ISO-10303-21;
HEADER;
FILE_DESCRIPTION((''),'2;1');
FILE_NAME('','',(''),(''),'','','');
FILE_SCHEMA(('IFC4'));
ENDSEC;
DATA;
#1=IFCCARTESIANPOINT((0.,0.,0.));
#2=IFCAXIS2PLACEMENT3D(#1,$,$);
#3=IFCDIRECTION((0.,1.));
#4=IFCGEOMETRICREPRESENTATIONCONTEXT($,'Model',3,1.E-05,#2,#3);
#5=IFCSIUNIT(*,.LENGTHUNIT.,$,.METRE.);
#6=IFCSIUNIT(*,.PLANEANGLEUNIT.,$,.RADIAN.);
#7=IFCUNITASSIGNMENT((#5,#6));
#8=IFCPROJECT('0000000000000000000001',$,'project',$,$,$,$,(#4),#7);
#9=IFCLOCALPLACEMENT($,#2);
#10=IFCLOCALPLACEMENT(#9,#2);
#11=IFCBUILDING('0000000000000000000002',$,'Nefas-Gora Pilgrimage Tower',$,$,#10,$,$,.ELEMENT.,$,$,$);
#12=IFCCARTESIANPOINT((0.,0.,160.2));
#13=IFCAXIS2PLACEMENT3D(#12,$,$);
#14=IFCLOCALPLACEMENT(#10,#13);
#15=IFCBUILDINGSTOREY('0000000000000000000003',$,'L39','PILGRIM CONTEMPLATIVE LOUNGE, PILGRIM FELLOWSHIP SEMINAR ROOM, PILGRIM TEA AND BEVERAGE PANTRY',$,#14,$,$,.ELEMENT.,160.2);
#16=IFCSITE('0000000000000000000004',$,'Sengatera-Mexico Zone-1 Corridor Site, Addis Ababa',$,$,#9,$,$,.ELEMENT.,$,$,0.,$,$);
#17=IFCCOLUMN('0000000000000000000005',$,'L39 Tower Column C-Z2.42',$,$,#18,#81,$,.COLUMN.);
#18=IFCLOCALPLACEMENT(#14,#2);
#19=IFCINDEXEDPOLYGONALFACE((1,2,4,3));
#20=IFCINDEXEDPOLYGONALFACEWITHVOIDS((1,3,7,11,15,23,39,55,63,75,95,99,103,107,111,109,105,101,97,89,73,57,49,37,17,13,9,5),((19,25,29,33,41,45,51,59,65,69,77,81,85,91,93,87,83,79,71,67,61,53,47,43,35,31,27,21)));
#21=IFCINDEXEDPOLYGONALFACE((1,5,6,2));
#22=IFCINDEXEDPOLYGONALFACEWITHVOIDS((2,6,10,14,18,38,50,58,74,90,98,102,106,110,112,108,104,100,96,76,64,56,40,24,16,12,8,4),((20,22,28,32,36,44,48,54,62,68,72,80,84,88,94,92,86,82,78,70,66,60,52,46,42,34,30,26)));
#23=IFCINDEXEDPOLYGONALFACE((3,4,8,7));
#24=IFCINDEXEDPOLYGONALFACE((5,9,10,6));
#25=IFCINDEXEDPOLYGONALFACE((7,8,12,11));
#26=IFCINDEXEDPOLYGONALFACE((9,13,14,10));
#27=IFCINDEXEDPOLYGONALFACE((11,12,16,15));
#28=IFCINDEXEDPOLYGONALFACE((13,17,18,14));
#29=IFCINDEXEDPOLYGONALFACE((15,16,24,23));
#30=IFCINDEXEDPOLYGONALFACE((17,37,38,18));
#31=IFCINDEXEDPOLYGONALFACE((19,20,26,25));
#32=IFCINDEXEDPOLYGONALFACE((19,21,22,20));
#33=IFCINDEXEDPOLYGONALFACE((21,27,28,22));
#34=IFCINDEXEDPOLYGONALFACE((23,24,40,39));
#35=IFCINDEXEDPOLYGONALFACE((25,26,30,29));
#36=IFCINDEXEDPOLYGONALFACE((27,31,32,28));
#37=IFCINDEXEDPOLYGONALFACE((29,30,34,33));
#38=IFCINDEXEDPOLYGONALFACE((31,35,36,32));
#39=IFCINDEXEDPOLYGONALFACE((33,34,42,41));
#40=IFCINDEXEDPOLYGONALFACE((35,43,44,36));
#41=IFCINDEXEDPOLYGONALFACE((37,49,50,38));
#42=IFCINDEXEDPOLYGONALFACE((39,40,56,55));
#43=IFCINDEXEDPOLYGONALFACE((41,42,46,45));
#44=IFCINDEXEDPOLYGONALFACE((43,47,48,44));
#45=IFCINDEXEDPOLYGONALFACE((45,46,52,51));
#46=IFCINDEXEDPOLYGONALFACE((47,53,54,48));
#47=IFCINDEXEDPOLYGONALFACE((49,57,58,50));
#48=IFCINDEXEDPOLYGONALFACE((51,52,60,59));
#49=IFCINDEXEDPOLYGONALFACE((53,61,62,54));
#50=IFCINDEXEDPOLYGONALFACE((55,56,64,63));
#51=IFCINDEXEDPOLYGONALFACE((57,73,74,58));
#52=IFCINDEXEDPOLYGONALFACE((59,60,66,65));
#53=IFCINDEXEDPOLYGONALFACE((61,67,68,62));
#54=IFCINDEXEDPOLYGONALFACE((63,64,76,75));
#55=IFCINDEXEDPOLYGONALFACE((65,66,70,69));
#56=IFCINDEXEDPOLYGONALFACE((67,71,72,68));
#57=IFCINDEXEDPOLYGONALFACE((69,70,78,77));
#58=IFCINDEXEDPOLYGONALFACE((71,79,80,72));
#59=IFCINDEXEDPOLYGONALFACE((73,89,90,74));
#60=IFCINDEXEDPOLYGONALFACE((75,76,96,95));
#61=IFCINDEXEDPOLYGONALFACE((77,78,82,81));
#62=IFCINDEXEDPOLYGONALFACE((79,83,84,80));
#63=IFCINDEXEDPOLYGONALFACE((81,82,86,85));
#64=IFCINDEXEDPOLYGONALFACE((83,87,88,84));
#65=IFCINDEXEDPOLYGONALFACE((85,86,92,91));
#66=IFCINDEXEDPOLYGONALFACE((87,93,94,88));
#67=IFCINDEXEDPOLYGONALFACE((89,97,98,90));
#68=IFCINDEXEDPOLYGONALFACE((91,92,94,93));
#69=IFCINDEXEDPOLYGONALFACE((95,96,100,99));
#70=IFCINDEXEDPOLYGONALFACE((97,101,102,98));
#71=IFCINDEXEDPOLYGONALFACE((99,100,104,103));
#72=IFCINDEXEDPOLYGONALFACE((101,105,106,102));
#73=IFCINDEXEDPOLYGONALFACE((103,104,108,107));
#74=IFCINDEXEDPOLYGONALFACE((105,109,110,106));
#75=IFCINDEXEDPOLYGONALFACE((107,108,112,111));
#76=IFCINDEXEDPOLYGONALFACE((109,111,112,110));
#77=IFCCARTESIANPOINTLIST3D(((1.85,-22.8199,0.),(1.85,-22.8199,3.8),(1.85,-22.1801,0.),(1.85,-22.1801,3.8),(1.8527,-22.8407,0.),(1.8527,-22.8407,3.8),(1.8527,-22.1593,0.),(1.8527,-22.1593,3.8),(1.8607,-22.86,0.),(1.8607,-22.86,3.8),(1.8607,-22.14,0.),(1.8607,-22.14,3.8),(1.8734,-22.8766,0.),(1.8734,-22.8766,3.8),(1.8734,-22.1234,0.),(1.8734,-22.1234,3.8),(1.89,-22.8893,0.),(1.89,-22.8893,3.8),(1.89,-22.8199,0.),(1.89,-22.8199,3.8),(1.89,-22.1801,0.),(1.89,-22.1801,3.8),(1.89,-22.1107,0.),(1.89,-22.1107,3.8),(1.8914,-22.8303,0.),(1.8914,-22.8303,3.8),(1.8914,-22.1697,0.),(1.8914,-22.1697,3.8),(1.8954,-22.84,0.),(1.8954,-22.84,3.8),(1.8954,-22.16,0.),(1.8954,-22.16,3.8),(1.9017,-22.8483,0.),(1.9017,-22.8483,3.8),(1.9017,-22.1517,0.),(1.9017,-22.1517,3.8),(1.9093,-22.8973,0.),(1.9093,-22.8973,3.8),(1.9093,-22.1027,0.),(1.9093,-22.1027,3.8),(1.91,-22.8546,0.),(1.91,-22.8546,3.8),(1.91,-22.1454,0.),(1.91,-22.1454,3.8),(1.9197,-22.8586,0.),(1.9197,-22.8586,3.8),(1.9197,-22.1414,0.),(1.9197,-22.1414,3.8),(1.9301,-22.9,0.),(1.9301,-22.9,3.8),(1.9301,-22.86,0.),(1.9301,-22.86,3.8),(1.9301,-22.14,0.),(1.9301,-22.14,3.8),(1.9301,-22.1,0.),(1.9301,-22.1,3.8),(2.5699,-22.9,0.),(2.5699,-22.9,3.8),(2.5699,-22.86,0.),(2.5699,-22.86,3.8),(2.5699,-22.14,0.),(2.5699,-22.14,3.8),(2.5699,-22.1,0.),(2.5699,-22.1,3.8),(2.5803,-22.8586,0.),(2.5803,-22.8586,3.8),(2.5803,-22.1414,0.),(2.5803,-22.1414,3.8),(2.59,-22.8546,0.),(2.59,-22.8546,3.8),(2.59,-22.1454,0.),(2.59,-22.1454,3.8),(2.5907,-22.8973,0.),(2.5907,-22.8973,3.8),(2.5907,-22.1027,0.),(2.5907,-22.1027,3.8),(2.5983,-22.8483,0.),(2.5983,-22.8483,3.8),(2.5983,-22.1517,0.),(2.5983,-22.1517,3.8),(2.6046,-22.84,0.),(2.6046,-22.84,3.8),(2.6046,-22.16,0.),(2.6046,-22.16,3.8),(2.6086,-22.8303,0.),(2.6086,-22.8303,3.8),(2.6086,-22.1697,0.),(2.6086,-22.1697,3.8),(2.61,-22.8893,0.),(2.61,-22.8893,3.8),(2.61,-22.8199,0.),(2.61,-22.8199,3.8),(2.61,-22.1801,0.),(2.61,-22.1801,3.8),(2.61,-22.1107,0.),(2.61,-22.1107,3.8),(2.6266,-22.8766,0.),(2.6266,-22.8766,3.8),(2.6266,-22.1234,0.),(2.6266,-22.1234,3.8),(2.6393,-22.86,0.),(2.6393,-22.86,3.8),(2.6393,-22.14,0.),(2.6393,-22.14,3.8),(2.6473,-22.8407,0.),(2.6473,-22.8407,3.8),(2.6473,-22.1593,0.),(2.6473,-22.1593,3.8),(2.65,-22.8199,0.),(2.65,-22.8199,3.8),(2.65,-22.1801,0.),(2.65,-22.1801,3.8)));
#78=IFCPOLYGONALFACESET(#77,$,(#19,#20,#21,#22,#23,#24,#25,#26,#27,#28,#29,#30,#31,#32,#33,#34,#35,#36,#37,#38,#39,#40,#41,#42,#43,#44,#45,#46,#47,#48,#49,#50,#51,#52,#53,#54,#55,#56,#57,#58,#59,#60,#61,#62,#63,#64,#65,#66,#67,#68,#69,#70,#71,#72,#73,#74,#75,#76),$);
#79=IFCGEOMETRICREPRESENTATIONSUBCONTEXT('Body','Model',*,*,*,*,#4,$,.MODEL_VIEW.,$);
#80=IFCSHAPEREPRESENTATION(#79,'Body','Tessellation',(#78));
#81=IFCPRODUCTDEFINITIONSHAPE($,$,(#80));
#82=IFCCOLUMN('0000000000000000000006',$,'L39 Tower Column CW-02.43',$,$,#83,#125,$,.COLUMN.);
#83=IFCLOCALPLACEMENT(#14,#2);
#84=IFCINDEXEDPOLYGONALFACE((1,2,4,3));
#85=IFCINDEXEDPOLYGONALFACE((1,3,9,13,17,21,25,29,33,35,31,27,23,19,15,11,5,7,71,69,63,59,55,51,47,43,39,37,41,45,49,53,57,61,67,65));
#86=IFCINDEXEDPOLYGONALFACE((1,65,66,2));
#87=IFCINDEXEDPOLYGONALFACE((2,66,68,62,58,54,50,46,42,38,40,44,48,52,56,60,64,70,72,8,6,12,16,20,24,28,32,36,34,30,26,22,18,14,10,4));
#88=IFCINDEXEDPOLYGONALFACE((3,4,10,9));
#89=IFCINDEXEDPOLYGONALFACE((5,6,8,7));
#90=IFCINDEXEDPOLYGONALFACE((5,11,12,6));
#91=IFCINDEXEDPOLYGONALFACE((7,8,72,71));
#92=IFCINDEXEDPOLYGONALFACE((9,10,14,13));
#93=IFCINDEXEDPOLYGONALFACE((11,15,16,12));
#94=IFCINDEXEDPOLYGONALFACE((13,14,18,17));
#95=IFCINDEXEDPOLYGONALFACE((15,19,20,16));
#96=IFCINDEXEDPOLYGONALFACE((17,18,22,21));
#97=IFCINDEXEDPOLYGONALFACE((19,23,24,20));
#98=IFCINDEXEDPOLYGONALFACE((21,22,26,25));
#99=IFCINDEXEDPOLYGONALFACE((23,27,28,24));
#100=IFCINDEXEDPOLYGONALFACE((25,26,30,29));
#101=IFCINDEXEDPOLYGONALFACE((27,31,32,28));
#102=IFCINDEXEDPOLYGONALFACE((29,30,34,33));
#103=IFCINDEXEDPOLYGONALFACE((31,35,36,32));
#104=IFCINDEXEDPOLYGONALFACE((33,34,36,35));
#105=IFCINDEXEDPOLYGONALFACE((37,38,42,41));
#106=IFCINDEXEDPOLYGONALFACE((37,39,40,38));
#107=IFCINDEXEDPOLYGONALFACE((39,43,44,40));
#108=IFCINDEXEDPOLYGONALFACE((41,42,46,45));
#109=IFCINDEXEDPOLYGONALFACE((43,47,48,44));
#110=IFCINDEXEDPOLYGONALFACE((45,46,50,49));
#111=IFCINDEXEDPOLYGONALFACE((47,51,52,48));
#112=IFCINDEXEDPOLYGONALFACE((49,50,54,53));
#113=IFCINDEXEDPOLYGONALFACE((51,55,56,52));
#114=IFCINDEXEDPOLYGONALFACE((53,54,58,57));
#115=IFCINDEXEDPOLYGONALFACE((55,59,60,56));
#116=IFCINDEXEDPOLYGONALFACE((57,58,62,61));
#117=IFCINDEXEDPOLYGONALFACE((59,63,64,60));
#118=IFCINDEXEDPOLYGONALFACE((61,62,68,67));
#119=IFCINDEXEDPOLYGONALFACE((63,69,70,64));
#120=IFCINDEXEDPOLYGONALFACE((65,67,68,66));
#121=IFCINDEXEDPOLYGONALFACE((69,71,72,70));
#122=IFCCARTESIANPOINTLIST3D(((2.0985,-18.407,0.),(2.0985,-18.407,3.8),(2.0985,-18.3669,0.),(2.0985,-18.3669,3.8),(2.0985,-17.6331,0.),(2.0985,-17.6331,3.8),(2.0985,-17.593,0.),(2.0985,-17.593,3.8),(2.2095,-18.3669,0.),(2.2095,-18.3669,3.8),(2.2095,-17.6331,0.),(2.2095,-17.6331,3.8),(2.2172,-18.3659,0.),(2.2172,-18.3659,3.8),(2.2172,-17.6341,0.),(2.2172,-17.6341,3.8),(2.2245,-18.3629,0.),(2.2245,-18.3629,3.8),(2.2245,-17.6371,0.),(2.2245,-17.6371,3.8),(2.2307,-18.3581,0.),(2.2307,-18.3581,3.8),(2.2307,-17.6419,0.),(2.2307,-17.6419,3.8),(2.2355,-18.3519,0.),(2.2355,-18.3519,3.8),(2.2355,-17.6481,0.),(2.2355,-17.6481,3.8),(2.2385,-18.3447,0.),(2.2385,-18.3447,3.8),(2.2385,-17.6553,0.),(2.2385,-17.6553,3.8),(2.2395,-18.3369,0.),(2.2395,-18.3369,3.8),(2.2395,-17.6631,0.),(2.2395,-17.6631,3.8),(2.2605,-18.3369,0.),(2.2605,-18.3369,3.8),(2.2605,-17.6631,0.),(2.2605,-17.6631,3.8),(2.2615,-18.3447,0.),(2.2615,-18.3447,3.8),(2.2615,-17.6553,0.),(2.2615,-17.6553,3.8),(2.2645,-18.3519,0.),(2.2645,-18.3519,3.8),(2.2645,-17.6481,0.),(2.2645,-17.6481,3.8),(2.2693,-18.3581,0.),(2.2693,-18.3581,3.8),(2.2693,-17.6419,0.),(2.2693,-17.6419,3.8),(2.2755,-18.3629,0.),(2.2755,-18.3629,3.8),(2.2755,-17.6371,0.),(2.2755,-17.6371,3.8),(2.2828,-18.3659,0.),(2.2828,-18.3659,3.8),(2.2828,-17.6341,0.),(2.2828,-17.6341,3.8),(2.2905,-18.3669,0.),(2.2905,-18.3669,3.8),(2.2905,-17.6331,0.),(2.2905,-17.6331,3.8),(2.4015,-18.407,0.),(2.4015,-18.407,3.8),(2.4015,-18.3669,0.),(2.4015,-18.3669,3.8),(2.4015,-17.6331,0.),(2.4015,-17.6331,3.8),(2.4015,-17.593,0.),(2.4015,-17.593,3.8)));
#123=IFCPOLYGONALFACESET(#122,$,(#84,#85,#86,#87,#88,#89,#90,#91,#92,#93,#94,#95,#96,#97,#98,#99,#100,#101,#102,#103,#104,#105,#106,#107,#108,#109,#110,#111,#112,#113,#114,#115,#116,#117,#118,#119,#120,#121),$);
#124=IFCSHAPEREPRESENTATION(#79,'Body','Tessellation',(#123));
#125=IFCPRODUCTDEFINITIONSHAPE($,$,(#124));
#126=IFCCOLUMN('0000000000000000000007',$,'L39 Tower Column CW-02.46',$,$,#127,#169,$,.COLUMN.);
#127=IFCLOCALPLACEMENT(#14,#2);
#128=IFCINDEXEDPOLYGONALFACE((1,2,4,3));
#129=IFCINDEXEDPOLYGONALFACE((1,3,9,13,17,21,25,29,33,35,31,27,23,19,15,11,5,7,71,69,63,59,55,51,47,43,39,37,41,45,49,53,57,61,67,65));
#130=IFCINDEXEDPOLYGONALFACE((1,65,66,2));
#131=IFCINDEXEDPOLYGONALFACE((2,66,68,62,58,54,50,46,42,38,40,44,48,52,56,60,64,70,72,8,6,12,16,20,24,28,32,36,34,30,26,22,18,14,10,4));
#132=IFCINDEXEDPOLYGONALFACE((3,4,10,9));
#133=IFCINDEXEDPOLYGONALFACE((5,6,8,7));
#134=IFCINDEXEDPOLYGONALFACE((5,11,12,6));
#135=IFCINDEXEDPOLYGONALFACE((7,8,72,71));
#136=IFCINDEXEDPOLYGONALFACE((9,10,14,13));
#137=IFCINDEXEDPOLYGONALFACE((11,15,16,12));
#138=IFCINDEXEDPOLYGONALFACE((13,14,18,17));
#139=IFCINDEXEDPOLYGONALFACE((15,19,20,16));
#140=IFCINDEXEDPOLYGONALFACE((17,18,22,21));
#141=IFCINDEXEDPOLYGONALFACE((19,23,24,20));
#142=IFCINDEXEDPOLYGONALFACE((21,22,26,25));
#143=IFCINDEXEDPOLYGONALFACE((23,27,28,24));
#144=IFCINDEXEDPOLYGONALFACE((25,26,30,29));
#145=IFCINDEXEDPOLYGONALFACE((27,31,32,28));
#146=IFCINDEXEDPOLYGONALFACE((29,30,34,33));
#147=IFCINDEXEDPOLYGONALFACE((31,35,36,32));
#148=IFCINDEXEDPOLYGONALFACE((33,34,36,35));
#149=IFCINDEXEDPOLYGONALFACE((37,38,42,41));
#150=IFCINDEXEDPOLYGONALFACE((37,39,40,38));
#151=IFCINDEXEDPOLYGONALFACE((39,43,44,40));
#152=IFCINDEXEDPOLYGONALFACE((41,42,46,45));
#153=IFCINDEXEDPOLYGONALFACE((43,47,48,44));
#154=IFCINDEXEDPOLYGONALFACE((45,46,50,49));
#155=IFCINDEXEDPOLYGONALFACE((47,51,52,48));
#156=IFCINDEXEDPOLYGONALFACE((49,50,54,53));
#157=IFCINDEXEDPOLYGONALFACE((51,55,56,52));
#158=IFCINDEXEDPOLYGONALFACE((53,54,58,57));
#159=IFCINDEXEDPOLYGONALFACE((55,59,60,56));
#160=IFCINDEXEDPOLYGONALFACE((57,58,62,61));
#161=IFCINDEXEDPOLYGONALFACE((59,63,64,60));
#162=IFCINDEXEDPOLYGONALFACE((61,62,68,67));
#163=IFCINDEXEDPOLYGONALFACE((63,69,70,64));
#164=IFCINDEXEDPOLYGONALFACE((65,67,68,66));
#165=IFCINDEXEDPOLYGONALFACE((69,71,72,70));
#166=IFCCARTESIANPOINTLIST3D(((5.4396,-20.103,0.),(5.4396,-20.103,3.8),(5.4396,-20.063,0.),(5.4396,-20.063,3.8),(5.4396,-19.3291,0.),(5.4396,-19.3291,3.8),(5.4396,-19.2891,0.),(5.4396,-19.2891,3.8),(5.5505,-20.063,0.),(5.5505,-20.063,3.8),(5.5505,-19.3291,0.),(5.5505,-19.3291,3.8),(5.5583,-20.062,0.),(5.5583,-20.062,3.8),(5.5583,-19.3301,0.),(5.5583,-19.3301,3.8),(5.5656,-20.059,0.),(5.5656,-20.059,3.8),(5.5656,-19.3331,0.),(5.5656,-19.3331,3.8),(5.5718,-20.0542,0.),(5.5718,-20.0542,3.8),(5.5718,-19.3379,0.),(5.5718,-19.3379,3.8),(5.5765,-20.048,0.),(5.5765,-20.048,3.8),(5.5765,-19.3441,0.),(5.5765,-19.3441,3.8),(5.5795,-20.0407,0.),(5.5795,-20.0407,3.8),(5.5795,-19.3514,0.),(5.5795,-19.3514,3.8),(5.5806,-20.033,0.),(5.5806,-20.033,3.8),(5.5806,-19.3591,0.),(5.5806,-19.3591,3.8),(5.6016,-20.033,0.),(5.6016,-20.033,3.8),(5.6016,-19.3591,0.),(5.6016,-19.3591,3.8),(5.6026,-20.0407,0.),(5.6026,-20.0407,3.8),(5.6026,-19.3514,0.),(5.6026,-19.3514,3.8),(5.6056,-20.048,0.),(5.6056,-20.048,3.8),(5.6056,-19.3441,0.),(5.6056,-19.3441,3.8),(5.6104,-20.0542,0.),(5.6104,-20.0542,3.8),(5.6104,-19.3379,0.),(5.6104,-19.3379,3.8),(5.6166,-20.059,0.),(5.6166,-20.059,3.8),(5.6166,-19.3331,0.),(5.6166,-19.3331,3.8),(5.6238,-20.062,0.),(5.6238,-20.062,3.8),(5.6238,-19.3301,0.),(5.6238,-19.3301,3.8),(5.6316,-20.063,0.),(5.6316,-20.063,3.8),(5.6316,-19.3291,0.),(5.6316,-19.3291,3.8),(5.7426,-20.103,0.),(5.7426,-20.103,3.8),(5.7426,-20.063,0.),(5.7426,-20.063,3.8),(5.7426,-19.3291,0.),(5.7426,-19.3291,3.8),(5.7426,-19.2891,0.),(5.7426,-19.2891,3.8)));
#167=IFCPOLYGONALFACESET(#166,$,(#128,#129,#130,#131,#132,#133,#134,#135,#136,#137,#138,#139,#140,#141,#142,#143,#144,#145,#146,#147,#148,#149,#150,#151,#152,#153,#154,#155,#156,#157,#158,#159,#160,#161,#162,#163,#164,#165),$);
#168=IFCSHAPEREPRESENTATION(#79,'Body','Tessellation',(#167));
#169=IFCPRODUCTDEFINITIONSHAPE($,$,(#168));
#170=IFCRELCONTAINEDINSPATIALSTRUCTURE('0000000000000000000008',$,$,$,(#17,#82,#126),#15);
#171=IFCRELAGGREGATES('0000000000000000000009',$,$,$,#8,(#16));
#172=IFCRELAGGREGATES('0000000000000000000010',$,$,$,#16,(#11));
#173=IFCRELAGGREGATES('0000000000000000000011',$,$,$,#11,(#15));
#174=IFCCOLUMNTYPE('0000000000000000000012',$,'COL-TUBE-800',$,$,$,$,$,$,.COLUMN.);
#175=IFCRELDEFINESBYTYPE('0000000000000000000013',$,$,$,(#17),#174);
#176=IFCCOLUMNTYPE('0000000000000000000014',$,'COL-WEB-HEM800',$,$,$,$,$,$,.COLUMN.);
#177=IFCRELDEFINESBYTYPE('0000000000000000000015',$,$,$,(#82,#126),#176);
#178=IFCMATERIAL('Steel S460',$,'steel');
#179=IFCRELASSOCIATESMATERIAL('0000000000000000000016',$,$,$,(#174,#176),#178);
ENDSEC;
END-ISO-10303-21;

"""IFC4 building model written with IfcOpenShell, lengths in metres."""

from ifc_helpers import new_model, si_unit, direction, frame, origin, origin_2d, place, context, subcontext, project, spatial, hollow_rectangle, i_section, extrude, source, transform, mapped, material, material_profile, profile_set, type_object, element, save


model = new_model("IFC4")

# Units and contexts
model_context = context("Model", 3, precision=1e-05, world=origin(), true_north=direction((0.0, 1.0)))
body_context = subcontext(model_context, "Body", "Model", "MODEL_VIEW")
ifc_project = project(units=[si_unit("LENGTHUNIT", "METRE"), si_unit("PLANEANGLEUNIT", "RADIAN")], contexts=[model_context])

# Site, building, storey
site_placement = place(None, origin())
site = spatial("IfcSite", under=ifc_project, at=site_placement, Name="Sengatera-Mexico Zone-1 Corridor Site, Addis Ababa", CompositionType="ELEMENT", RefElevation=0.0)
building_placement = place(site_placement, origin())
building = spatial("IfcBuilding", under=site, at=building_placement, Name="Nefas-Gora Pilgrimage Tower", CompositionType="ELEMENT")
storey_placement = place(building_placement, frame((0.0, 0.0, 160.2)))
storey = spatial("IfcBuildingStorey", under=building, at=storey_placement, Name="L39", Description="PILGRIM CONTEMPLATIVE LOUNGE, PILGRIM FELLOWSHIP SEMINAR ROOM, PILGRIM TEA AND BEVERAGE PANTRY", CompositionType="ELEMENT", Elevation=160.2)

# Columns
ifc_material_1 = material(Name="Steel S460", Category="steel")
ifc_material_profile_1 = material_profile(ifc_material_1, hollow_rectangle(XDim=0.8, YDim=0.8, WallThickness=0.04, InnerFilletRadius=0.04, OuterFilletRadius=0.0801, at=origin_2d()), Name="BOX 800x800x40")
ifc_profile_set_1 = profile_set([ifc_material_profile_1], Name="Steel S460")
column_type_1 = type_object("IfcColumnType", Name="COL-TUBE-800", PredefinedType="COLUMN", material=ifc_profile_set_1)
shared_shape_1 = source(origin(), body_context, "Body", "SweptSolid", [
    extrude(hollow_rectangle(XDim=0.8, YDim=0.8, WallThickness=0.04, InnerFilletRadius=0.04, OuterFilletRadius=0.0801, at=origin_2d()), origin(), (0.0, 0.0, 1.0), 3.8),
])
column_placement = place(storey_placement, frame((2.25, -22.5, 0.0), z_axis=(0.0, 0.0, 1.0), x_axis=(1.0, 0.0, 0.0)))
element("IfcColumn", 1, at=column_placement, inside=storey, type_object=column_type_1, Name="L39 Tower Column C-Z2.42", PredefinedType="COLUMN", context=body_context, shape_type="MappedRepresentation", body=[
    mapped(shared_shape_1, transform((0.0, 0.0, 0.0), x_axis=(1.0, 0.0, 0.0), y_axis=(0.0, 1.0, 0.0), z_axis=(0.0, 0.0, 1.0), scale=1.0)),
])
ifc_material_profile_2 = material_profile(ifc_material_1, i_section(OverallWidth=0.303, OverallDepth=0.814, WebThickness=0.021, FlangeThickness=0.04, FilletRadius=0.03, at=origin_2d()), Name="HEM 800")
ifc_profile_set_2 = profile_set([ifc_material_profile_2], Name="Steel S460")
column_type_2 = type_object("IfcColumnType", Name="COL-WEB-HEM800", PredefinedType="COLUMN", material=ifc_profile_set_2)
shared_shape_2 = source(origin(), body_context, "Body", "SweptSolid", [
    extrude(i_section(OverallWidth=0.303, OverallDepth=0.814, WebThickness=0.021, FlangeThickness=0.04, FilletRadius=0.03, at=origin_2d()), origin(), (0.0, 0.0, 1.0), 3.8),
])
for number, where, z_axis, x_axis, name in (
    (2, (2.25, -18.0, 0.0), (0.0, 0.0, 1.0), (1.0, 0.0, 0.0), "L39 Tower Column CW-02.43"),
    (3, (5.5911, -19.696, 0.0), (0.0, 0.0, 1.0), (1.0, 0.0, 0.0), "L39 Tower Column CW-02.46"),
):
    element("IfcColumn", number, at=place(storey_placement, frame(where, z_axis=z_axis, x_axis=x_axis)), inside=storey, type_object=column_type_2, Name=name, PredefinedType="COLUMN", context=body_context, shape_type="MappedRepresentation", body=[
        mapped(shared_shape_2, transform((0.0, 0.0, 0.0), x_axis=(1.0, 0.0, 0.0), y_axis=(0.0, 1.0, 0.0), z_axis=(0.0, 0.0, 1.0), scale=1.0)),
    ])

save(model, "model.ifc")
